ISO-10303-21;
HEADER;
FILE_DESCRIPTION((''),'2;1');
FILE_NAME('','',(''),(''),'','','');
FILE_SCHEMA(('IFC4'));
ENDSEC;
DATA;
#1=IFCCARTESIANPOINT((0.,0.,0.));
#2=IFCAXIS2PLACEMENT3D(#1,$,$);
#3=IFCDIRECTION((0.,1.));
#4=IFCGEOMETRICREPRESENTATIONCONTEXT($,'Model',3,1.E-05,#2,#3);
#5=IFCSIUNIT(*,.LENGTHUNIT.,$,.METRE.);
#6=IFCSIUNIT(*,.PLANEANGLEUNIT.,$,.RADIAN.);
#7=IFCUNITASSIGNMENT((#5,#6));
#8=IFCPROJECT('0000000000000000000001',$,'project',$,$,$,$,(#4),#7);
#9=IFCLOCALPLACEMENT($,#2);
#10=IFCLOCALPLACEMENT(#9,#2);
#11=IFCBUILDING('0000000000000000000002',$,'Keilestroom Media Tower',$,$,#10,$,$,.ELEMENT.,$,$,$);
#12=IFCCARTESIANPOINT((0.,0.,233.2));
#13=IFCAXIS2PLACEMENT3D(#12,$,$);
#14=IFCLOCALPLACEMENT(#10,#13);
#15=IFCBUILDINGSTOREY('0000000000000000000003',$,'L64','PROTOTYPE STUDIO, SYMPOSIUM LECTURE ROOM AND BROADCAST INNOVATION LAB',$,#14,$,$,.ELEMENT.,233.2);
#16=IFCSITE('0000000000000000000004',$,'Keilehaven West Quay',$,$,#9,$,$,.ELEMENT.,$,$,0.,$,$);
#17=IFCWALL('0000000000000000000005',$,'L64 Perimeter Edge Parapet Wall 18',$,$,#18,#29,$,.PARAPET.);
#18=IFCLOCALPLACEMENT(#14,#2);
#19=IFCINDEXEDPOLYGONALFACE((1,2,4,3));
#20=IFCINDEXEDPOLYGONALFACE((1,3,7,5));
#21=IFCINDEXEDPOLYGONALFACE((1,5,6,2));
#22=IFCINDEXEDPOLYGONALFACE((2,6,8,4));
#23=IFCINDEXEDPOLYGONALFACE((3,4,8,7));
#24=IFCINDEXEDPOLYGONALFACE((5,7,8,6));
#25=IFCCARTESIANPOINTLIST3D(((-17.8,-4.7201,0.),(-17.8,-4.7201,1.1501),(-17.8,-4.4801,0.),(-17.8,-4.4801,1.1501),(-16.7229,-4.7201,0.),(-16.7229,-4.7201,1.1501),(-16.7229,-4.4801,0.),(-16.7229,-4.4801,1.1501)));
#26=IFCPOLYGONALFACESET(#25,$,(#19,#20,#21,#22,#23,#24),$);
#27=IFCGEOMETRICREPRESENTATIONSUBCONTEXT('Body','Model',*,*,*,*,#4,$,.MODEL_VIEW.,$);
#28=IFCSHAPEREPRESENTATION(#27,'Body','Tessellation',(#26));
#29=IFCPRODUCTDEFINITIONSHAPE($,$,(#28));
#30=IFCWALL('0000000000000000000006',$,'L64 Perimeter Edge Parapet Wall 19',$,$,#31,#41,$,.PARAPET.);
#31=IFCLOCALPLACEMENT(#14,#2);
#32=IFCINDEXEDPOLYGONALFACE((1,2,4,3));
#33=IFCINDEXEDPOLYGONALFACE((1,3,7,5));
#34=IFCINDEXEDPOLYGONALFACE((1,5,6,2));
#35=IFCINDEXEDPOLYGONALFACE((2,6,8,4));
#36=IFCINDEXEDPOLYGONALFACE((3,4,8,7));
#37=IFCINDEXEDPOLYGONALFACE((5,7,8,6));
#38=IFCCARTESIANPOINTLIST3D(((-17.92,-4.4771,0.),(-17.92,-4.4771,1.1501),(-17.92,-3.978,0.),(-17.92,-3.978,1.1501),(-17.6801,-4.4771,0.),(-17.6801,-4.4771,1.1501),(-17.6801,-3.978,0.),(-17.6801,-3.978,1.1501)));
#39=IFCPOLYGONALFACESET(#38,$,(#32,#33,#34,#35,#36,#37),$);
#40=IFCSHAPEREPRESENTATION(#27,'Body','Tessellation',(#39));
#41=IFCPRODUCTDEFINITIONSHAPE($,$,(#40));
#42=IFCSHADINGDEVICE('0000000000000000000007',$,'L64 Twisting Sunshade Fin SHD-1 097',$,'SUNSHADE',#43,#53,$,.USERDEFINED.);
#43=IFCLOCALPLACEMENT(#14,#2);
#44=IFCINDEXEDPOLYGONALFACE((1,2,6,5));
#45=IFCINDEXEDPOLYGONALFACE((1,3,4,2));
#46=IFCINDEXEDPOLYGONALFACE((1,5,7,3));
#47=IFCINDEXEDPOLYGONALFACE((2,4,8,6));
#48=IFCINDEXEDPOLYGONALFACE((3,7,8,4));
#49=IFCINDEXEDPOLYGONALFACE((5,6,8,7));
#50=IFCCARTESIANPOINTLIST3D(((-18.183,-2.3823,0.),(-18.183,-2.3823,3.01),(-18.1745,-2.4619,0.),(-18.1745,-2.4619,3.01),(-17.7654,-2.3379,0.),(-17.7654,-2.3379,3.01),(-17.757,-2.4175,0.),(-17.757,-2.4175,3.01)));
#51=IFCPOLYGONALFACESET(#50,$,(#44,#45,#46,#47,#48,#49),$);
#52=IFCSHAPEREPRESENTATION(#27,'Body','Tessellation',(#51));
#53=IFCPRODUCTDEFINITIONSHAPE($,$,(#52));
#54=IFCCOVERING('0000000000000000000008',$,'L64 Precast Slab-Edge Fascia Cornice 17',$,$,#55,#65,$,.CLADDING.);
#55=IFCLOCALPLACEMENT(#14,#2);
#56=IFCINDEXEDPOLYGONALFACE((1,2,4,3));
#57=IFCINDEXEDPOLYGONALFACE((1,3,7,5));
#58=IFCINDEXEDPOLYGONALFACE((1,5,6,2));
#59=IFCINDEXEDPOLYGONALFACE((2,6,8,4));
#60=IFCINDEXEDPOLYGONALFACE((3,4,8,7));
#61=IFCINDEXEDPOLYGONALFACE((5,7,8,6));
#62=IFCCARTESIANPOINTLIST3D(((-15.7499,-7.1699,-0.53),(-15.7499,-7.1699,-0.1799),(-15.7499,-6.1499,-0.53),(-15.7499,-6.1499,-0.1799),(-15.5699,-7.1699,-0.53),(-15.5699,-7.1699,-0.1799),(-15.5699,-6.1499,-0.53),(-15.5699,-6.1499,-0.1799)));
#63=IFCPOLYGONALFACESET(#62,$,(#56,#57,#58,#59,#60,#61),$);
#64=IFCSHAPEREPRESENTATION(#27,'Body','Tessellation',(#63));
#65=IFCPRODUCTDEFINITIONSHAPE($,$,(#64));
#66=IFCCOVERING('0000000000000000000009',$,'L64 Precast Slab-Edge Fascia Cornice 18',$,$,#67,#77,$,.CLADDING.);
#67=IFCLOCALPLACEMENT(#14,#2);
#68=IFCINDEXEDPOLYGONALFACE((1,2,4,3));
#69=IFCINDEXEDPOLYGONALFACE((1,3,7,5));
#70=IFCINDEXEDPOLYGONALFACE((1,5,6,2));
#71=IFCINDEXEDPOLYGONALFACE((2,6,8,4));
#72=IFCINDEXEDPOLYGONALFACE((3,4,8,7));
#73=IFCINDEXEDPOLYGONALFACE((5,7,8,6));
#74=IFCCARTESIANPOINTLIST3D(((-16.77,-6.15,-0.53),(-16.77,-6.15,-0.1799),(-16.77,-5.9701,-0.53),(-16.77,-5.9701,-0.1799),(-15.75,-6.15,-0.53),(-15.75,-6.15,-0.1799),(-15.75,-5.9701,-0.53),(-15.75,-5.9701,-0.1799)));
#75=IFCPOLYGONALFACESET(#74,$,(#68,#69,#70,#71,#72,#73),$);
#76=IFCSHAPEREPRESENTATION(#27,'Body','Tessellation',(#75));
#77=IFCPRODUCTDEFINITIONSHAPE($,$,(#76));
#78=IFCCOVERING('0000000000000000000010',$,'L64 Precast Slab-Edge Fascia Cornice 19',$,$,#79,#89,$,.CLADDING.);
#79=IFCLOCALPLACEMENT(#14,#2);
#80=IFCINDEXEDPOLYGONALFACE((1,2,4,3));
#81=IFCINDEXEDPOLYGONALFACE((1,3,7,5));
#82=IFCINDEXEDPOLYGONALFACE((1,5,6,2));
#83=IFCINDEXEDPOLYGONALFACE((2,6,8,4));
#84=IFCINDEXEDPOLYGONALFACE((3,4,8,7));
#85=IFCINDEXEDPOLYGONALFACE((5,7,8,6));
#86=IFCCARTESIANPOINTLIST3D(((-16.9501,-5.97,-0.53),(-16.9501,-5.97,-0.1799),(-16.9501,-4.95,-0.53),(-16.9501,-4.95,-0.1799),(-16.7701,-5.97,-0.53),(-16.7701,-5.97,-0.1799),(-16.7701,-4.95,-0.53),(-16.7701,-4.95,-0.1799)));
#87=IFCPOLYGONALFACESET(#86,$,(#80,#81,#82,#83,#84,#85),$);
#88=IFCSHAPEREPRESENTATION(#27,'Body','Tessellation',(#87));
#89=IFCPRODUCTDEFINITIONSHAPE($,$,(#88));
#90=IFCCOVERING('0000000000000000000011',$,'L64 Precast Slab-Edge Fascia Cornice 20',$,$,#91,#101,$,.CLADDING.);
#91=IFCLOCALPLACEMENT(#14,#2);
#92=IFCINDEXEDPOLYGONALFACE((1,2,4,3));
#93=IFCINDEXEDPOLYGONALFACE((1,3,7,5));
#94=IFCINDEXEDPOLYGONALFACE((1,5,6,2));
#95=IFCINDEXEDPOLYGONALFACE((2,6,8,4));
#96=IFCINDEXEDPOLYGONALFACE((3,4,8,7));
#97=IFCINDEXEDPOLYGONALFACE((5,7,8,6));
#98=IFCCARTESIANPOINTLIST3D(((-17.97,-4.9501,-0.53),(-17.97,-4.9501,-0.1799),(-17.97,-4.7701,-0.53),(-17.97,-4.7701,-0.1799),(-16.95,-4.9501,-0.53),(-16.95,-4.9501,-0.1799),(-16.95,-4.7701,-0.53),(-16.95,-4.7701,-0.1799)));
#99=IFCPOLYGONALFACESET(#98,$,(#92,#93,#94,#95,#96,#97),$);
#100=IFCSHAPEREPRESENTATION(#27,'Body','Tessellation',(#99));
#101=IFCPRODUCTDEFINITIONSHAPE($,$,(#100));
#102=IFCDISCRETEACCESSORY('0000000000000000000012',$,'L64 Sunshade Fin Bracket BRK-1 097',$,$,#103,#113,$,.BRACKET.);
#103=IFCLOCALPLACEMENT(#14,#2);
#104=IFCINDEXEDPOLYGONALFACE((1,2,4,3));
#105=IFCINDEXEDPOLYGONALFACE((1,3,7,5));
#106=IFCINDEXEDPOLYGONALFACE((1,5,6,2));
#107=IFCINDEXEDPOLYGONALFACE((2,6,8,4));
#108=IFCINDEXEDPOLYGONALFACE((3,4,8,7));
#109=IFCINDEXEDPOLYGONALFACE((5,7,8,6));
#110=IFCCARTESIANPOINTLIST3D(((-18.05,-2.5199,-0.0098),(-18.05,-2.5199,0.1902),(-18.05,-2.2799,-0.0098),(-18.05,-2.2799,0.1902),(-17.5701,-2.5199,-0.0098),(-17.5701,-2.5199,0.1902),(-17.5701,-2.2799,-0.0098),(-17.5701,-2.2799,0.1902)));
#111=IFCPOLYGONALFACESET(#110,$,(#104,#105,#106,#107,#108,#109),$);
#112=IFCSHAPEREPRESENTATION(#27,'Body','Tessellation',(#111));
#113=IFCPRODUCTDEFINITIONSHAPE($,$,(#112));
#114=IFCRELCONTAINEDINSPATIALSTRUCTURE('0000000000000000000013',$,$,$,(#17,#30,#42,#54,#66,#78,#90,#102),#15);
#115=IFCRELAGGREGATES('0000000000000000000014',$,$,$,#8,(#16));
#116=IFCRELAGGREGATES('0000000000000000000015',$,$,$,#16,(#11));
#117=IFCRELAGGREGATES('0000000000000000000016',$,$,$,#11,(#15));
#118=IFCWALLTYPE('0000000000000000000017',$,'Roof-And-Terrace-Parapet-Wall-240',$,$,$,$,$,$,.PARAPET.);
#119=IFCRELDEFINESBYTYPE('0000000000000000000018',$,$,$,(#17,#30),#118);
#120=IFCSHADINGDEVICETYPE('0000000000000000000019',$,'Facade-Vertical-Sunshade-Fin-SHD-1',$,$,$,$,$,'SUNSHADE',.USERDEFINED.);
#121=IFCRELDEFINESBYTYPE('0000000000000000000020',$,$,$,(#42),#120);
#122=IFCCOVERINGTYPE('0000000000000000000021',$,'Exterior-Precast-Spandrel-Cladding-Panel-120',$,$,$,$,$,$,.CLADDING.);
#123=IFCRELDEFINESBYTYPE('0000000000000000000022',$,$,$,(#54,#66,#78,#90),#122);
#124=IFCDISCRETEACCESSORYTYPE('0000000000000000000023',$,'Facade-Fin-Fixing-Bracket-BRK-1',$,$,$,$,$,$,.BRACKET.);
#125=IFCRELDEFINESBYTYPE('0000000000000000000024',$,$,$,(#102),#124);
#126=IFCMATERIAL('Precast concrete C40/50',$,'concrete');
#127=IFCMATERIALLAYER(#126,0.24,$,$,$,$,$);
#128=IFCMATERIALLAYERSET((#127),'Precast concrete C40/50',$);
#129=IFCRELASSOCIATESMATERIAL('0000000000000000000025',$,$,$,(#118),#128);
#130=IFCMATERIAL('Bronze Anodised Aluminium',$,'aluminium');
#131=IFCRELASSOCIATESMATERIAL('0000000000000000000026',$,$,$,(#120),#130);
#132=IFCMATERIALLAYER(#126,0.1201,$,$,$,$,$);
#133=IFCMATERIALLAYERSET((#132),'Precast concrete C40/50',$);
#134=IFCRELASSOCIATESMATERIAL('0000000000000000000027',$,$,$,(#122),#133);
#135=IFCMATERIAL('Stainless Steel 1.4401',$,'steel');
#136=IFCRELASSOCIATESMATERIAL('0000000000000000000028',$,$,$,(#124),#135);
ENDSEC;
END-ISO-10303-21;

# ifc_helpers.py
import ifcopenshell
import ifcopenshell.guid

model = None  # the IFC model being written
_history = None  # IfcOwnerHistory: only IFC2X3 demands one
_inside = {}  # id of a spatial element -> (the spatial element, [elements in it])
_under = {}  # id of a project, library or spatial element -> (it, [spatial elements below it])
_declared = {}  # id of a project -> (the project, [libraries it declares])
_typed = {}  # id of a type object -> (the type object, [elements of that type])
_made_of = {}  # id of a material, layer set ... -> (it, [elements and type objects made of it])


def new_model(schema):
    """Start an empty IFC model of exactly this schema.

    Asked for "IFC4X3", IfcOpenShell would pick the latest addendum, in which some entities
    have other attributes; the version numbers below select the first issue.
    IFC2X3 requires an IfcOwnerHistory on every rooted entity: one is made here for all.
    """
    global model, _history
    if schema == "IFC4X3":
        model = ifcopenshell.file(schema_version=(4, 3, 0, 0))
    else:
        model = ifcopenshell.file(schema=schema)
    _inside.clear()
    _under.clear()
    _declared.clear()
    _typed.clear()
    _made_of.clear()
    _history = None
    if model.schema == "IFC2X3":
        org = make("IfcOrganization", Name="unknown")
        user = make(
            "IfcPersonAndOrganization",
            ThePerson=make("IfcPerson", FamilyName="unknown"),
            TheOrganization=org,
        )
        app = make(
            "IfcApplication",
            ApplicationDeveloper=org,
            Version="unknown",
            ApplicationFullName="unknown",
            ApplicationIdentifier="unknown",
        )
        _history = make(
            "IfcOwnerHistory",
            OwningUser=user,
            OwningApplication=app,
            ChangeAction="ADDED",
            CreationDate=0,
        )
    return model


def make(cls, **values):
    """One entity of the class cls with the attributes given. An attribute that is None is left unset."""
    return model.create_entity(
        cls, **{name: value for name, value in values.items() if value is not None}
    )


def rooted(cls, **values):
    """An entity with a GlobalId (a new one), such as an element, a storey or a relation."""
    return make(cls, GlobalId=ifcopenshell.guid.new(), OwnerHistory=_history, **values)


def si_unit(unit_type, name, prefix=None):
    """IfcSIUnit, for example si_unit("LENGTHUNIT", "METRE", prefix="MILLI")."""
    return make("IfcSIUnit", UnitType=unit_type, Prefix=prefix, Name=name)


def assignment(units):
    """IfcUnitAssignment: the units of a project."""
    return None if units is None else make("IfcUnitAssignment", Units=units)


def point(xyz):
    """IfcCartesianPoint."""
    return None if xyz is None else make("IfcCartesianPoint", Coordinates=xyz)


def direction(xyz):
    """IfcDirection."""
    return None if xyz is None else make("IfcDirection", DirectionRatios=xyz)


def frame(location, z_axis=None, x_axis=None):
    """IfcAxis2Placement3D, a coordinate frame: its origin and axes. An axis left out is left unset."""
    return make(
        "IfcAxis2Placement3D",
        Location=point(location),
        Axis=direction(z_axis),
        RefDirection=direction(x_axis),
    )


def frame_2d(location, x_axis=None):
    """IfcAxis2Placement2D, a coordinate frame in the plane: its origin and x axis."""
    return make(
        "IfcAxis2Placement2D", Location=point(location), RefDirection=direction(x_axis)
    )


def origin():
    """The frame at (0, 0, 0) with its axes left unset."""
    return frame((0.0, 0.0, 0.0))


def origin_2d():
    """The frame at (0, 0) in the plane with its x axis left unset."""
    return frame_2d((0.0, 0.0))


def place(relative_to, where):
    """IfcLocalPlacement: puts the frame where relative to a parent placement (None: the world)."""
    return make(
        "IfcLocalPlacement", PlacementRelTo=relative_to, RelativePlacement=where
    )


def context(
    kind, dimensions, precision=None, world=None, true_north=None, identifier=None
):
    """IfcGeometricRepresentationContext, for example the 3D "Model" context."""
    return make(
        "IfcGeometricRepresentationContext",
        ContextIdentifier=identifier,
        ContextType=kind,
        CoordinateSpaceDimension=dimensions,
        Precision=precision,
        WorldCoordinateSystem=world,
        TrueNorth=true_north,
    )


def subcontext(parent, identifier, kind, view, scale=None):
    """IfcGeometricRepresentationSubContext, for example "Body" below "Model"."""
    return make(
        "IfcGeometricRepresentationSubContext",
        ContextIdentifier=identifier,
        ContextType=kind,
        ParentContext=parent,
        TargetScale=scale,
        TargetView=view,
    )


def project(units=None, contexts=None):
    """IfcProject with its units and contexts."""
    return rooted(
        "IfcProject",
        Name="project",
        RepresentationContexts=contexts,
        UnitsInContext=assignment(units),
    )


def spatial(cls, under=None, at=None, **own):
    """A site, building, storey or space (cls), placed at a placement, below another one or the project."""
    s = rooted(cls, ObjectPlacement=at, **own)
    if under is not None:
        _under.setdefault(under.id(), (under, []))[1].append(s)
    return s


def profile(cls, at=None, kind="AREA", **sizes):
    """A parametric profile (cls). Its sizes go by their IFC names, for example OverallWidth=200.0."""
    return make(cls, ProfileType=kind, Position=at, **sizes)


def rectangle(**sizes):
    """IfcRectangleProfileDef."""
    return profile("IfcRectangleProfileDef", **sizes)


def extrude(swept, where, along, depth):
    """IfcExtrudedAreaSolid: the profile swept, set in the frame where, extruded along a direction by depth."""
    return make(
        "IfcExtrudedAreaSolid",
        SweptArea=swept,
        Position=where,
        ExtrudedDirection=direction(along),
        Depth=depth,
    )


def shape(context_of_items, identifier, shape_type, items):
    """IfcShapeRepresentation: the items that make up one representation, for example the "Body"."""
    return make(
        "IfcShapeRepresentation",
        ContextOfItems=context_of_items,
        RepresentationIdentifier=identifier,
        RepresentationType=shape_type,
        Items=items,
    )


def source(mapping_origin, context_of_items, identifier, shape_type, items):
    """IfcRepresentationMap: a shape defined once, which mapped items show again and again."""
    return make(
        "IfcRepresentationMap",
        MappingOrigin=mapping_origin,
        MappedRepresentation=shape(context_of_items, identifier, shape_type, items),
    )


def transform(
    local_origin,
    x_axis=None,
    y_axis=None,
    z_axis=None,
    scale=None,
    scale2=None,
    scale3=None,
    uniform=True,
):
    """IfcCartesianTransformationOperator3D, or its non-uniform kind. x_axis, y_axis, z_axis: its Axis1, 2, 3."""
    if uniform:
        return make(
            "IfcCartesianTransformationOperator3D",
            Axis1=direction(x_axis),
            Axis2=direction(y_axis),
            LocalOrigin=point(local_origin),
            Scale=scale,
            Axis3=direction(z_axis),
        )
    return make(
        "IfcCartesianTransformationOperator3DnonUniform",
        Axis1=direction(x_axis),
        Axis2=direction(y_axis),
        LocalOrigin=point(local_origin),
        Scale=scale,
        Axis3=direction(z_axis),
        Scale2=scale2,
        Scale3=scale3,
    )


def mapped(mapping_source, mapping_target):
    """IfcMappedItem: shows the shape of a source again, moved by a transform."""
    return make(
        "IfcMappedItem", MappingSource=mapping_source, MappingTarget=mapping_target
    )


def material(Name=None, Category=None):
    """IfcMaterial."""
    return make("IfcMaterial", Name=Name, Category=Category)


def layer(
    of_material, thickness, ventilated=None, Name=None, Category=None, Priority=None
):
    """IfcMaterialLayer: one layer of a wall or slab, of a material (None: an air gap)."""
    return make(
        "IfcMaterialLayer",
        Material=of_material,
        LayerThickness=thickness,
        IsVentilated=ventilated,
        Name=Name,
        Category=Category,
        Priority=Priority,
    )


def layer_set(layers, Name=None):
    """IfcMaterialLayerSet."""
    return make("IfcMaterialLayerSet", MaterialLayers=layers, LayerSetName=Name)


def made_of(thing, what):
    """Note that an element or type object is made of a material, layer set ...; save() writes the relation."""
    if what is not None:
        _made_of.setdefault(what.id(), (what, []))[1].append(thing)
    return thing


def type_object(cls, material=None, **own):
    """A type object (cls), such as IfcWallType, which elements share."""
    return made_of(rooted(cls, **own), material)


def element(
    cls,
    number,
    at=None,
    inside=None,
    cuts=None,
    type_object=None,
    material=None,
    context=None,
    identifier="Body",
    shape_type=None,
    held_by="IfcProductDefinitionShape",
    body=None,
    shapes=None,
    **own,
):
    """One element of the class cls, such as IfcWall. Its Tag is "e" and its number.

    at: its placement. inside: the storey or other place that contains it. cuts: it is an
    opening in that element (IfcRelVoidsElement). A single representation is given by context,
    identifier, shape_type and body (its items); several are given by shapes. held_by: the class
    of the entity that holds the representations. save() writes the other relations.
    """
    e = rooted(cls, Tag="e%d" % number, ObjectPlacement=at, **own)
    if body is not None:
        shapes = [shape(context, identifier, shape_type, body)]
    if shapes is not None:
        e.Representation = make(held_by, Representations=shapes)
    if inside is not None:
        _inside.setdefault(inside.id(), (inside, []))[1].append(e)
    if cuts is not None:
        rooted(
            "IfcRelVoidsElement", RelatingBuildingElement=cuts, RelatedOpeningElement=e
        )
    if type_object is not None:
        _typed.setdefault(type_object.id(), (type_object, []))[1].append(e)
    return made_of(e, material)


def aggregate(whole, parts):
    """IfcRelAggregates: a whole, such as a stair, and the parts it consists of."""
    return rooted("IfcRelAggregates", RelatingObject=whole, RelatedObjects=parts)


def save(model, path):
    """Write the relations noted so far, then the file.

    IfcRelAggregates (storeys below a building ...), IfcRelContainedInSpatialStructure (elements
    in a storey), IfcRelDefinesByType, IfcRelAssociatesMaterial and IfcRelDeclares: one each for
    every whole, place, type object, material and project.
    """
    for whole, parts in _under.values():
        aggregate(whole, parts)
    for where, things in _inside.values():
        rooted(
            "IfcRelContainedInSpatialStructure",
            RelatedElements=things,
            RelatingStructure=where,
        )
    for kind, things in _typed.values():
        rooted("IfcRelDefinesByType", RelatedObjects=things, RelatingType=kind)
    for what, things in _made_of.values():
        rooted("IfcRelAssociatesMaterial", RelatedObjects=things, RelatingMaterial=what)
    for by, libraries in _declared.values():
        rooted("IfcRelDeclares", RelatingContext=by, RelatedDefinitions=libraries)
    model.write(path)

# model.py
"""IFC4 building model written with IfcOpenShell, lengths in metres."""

from ifc_helpers import new_model, si_unit, direction, frame, frame_2d, origin, origin_2d, place, context, subcontext, project, spatial, rectangle, extrude, source, transform, mapped, material, layer, layer_set, type_object, element, save


model = new_model("IFC4")

# Units and contexts
model_context = context("Model", 3, precision=1e-05, world=origin(), true_north=direction((0.0, 1.0)))
body_context = subcontext(model_context, "Body", "Model", "MODEL_VIEW")
ifc_project = project(units=[si_unit("LENGTHUNIT", "METRE"), si_unit("PLANEANGLEUNIT", "RADIAN")], contexts=[model_context])

# Site, building, storey
site_placement = place(None, origin())
site = spatial("IfcSite", under=ifc_project, at=site_placement, Name="Keilehaven West Quay", CompositionType="ELEMENT", RefElevation=0.0)
building_placement = place(site_placement, origin())
building = spatial("IfcBuilding", under=site, at=building_placement, Name="Keilestroom Media Tower", CompositionType="ELEMENT")
storey_placement = place(building_placement, frame((0.0, 0.0, 233.2)))
storey = spatial("IfcBuildingStorey", under=building, at=storey_placement, Name="L64", Description="PROTOTYPE STUDIO, SYMPOSIUM LECTURE ROOM AND BROADCAST INNOVATION LAB", CompositionType="ELEMENT", Elevation=233.2)

# Shared definitions
ifc_material_1 = material(Name="Precast concrete C40/50", Category="concrete")

# Walls
ifc_layer_1 = layer(ifc_material_1, 0.24)
ifc_layer_set_1 = layer_set([ifc_layer_1], Name="Precast concrete C40/50")
wall_type = type_object("IfcWallType", Name="Roof-And-Terrace-Parapet-Wall-240", PredefinedType="PARAPET", material=ifc_layer_set_1)
wall_1_placement = place(storey_placement, frame((-16.7229, -4.6001, 0.0), z_axis=(0.0, 0.0, 1.0), x_axis=(-1.0, 0.0, 0.0)))
element("IfcWall", 1, at=wall_1_placement, inside=storey, type_object=wall_type, Name="L64 Perimeter Edge Parapet Wall 18", PredefinedType="PARAPET", context=body_context, shape_type="SweptSolid", body=[
    extrude(rectangle(XDim=1.0771, YDim=0.24, at=frame_2d((0.5386, 0.0))), origin(), (0.0, 0.0, 1.0), 1.1501),
])
wall_2_placement = place(storey_placement, frame((-17.8, -4.4771, 0.0), z_axis=(0.0, 0.0, 1.0), x_axis=(0.0, 1.0, 0.0)))
element("IfcWall", 2, at=wall_2_placement, inside=storey, type_object=wall_type, Name="L64 Perimeter Edge Parapet Wall 19", PredefinedType="PARAPET", context=body_context, shape_type="SweptSolid", body=[
    extrude(rectangle(XDim=0.499, YDim=0.24, at=frame_2d((0.2495, 0.0))), origin(), (0.0, 0.0, 1.0), 1.1501),
])

# Shading device
ifc_material_2 = material(Name="Bronze Anodised Aluminium", Category="aluminium")
shading_device_type = type_object("IfcShadingDeviceType", Name="Facade-Vertical-Sunshade-Fin-SHD-1", ElementType="SUNSHADE", PredefinedType="USERDEFINED", material=ifc_material_2)
shared_shape_1 = source(origin(), body_context, "Body", "SweptSolid", [
    extrude(rectangle(XDim=0.4199, YDim=0.0801, at=origin_2d()), origin(), (0.0, 0.0, 1.0), 3.01),
])
shading_device_placement = place(storey_placement, frame((-17.97, -2.3999, 0.0), z_axis=(0.0, 0.0, 1.0), x_axis=(0.994393, 0.105743, 0.0)))
element("IfcShadingDevice", 3, at=shading_device_placement, inside=storey, type_object=shading_device_type, Name="L64 Twisting Sunshade Fin SHD-1 097", ObjectType="SUNSHADE", PredefinedType="USERDEFINED", context=body_context, shape_type="MappedRepresentation", body=[
    mapped(shared_shape_1, transform((0.0, 0.0, 0.0), x_axis=(1.0, 0.0, 0.0), y_axis=(0.0, 1.0, 0.0), z_axis=(0.0, 0.0, 1.0), scale=1.0)),
])

# Coverings
ifc_layer_2 = layer(ifc_material_1, 0.1201)
ifc_layer_set_2 = layer_set([ifc_layer_2], Name="Precast concrete C40/50")
covering_type = type_object("IfcCoveringType", Name="Exterior-Precast-Spandrel-Cladding-Panel-120", PredefinedType="CLADDING", material=ifc_layer_set_2)
shared_shape_2 = source(origin(), body_context, "Body", "SweptSolid", [
    extrude(rectangle(XDim=1.02, YDim=0.1799, at=origin_2d()), origin(), (0.0, 0.0, 1.0), 0.3501),
])
for number, where, z_axis, x_axis, name in (
    (4, (-15.6599, -6.6599, -0.53), (0.0, 0.0, 1.0), (0.0, 1.0, 0.0), "L64 Precast Slab-Edge Fascia Cornice 17"),
    (5, (-16.26, -6.0601, -0.53), (0.0, 0.0, 1.0), (-1.0, 0.0, 0.0), "L64 Precast Slab-Edge Fascia Cornice 18"),
    (6, (-16.8601, -5.46, -0.53), (0.0, 0.0, 1.0), (0.0, 1.0, 0.0), "L64 Precast Slab-Edge Fascia Cornice 19"),
    (7, (-17.46, -4.8601, -0.53), (0.0, 0.0, 1.0), (-1.0, 0.0, 0.0), "L64 Precast Slab-Edge Fascia Cornice 20"),
):
    element("IfcCovering", number, at=place(storey_placement, frame(where, z_axis=z_axis, x_axis=x_axis)), inside=storey, type_object=covering_type, Name=name, PredefinedType="CLADDING", context=body_context, shape_type="MappedRepresentation", body=[
        mapped(shared_shape_2, transform((0.0, 0.0, 0.0), x_axis=(1.0, 0.0, 0.0), y_axis=(0.0, 1.0, 0.0), z_axis=(0.0, 0.0, 1.0), scale=1.0)),
    ])

# Discrete accessory
ifc_material_3 = material(Name="Stainless Steel 1.4401", Category="steel")
discrete_accessory_type = type_object("IfcDiscreteAccessoryType", Name="Facade-Fin-Fixing-Bracket-BRK-1", PredefinedType="BRACKET", material=ifc_material_3)
shared_shape_3 = source(origin(), body_context, "Body", "SweptSolid", [
    extrude(rectangle(XDim=0.48, YDim=0.24, at=origin_2d()), origin(), (0.0, 0.0, 1.0), 0.2),
])
discrete_accessory_placement = place(storey_placement, frame((-17.8101, -2.3999, -0.0098), z_axis=(0.0, 0.0, 1.0), x_axis=(1.0, 0.0, 0.0)))
element("IfcDiscreteAccessory", 8, at=discrete_accessory_placement, inside=storey, type_object=discrete_accessory_type, Name="L64 Sunshade Fin Bracket BRK-1 097", PredefinedType="BRACKET", context=body_context, shape_type="MappedRepresentation", body=[
    mapped(shared_shape_3, transform((0.0, 0.0, 0.0), x_axis=(1.0, 0.0, 0.0), y_axis=(0.0, 1.0, 0.0), z_axis=(0.0, 0.0, 1.0), scale=1.0)),
])

save(model, "model.ifc")
